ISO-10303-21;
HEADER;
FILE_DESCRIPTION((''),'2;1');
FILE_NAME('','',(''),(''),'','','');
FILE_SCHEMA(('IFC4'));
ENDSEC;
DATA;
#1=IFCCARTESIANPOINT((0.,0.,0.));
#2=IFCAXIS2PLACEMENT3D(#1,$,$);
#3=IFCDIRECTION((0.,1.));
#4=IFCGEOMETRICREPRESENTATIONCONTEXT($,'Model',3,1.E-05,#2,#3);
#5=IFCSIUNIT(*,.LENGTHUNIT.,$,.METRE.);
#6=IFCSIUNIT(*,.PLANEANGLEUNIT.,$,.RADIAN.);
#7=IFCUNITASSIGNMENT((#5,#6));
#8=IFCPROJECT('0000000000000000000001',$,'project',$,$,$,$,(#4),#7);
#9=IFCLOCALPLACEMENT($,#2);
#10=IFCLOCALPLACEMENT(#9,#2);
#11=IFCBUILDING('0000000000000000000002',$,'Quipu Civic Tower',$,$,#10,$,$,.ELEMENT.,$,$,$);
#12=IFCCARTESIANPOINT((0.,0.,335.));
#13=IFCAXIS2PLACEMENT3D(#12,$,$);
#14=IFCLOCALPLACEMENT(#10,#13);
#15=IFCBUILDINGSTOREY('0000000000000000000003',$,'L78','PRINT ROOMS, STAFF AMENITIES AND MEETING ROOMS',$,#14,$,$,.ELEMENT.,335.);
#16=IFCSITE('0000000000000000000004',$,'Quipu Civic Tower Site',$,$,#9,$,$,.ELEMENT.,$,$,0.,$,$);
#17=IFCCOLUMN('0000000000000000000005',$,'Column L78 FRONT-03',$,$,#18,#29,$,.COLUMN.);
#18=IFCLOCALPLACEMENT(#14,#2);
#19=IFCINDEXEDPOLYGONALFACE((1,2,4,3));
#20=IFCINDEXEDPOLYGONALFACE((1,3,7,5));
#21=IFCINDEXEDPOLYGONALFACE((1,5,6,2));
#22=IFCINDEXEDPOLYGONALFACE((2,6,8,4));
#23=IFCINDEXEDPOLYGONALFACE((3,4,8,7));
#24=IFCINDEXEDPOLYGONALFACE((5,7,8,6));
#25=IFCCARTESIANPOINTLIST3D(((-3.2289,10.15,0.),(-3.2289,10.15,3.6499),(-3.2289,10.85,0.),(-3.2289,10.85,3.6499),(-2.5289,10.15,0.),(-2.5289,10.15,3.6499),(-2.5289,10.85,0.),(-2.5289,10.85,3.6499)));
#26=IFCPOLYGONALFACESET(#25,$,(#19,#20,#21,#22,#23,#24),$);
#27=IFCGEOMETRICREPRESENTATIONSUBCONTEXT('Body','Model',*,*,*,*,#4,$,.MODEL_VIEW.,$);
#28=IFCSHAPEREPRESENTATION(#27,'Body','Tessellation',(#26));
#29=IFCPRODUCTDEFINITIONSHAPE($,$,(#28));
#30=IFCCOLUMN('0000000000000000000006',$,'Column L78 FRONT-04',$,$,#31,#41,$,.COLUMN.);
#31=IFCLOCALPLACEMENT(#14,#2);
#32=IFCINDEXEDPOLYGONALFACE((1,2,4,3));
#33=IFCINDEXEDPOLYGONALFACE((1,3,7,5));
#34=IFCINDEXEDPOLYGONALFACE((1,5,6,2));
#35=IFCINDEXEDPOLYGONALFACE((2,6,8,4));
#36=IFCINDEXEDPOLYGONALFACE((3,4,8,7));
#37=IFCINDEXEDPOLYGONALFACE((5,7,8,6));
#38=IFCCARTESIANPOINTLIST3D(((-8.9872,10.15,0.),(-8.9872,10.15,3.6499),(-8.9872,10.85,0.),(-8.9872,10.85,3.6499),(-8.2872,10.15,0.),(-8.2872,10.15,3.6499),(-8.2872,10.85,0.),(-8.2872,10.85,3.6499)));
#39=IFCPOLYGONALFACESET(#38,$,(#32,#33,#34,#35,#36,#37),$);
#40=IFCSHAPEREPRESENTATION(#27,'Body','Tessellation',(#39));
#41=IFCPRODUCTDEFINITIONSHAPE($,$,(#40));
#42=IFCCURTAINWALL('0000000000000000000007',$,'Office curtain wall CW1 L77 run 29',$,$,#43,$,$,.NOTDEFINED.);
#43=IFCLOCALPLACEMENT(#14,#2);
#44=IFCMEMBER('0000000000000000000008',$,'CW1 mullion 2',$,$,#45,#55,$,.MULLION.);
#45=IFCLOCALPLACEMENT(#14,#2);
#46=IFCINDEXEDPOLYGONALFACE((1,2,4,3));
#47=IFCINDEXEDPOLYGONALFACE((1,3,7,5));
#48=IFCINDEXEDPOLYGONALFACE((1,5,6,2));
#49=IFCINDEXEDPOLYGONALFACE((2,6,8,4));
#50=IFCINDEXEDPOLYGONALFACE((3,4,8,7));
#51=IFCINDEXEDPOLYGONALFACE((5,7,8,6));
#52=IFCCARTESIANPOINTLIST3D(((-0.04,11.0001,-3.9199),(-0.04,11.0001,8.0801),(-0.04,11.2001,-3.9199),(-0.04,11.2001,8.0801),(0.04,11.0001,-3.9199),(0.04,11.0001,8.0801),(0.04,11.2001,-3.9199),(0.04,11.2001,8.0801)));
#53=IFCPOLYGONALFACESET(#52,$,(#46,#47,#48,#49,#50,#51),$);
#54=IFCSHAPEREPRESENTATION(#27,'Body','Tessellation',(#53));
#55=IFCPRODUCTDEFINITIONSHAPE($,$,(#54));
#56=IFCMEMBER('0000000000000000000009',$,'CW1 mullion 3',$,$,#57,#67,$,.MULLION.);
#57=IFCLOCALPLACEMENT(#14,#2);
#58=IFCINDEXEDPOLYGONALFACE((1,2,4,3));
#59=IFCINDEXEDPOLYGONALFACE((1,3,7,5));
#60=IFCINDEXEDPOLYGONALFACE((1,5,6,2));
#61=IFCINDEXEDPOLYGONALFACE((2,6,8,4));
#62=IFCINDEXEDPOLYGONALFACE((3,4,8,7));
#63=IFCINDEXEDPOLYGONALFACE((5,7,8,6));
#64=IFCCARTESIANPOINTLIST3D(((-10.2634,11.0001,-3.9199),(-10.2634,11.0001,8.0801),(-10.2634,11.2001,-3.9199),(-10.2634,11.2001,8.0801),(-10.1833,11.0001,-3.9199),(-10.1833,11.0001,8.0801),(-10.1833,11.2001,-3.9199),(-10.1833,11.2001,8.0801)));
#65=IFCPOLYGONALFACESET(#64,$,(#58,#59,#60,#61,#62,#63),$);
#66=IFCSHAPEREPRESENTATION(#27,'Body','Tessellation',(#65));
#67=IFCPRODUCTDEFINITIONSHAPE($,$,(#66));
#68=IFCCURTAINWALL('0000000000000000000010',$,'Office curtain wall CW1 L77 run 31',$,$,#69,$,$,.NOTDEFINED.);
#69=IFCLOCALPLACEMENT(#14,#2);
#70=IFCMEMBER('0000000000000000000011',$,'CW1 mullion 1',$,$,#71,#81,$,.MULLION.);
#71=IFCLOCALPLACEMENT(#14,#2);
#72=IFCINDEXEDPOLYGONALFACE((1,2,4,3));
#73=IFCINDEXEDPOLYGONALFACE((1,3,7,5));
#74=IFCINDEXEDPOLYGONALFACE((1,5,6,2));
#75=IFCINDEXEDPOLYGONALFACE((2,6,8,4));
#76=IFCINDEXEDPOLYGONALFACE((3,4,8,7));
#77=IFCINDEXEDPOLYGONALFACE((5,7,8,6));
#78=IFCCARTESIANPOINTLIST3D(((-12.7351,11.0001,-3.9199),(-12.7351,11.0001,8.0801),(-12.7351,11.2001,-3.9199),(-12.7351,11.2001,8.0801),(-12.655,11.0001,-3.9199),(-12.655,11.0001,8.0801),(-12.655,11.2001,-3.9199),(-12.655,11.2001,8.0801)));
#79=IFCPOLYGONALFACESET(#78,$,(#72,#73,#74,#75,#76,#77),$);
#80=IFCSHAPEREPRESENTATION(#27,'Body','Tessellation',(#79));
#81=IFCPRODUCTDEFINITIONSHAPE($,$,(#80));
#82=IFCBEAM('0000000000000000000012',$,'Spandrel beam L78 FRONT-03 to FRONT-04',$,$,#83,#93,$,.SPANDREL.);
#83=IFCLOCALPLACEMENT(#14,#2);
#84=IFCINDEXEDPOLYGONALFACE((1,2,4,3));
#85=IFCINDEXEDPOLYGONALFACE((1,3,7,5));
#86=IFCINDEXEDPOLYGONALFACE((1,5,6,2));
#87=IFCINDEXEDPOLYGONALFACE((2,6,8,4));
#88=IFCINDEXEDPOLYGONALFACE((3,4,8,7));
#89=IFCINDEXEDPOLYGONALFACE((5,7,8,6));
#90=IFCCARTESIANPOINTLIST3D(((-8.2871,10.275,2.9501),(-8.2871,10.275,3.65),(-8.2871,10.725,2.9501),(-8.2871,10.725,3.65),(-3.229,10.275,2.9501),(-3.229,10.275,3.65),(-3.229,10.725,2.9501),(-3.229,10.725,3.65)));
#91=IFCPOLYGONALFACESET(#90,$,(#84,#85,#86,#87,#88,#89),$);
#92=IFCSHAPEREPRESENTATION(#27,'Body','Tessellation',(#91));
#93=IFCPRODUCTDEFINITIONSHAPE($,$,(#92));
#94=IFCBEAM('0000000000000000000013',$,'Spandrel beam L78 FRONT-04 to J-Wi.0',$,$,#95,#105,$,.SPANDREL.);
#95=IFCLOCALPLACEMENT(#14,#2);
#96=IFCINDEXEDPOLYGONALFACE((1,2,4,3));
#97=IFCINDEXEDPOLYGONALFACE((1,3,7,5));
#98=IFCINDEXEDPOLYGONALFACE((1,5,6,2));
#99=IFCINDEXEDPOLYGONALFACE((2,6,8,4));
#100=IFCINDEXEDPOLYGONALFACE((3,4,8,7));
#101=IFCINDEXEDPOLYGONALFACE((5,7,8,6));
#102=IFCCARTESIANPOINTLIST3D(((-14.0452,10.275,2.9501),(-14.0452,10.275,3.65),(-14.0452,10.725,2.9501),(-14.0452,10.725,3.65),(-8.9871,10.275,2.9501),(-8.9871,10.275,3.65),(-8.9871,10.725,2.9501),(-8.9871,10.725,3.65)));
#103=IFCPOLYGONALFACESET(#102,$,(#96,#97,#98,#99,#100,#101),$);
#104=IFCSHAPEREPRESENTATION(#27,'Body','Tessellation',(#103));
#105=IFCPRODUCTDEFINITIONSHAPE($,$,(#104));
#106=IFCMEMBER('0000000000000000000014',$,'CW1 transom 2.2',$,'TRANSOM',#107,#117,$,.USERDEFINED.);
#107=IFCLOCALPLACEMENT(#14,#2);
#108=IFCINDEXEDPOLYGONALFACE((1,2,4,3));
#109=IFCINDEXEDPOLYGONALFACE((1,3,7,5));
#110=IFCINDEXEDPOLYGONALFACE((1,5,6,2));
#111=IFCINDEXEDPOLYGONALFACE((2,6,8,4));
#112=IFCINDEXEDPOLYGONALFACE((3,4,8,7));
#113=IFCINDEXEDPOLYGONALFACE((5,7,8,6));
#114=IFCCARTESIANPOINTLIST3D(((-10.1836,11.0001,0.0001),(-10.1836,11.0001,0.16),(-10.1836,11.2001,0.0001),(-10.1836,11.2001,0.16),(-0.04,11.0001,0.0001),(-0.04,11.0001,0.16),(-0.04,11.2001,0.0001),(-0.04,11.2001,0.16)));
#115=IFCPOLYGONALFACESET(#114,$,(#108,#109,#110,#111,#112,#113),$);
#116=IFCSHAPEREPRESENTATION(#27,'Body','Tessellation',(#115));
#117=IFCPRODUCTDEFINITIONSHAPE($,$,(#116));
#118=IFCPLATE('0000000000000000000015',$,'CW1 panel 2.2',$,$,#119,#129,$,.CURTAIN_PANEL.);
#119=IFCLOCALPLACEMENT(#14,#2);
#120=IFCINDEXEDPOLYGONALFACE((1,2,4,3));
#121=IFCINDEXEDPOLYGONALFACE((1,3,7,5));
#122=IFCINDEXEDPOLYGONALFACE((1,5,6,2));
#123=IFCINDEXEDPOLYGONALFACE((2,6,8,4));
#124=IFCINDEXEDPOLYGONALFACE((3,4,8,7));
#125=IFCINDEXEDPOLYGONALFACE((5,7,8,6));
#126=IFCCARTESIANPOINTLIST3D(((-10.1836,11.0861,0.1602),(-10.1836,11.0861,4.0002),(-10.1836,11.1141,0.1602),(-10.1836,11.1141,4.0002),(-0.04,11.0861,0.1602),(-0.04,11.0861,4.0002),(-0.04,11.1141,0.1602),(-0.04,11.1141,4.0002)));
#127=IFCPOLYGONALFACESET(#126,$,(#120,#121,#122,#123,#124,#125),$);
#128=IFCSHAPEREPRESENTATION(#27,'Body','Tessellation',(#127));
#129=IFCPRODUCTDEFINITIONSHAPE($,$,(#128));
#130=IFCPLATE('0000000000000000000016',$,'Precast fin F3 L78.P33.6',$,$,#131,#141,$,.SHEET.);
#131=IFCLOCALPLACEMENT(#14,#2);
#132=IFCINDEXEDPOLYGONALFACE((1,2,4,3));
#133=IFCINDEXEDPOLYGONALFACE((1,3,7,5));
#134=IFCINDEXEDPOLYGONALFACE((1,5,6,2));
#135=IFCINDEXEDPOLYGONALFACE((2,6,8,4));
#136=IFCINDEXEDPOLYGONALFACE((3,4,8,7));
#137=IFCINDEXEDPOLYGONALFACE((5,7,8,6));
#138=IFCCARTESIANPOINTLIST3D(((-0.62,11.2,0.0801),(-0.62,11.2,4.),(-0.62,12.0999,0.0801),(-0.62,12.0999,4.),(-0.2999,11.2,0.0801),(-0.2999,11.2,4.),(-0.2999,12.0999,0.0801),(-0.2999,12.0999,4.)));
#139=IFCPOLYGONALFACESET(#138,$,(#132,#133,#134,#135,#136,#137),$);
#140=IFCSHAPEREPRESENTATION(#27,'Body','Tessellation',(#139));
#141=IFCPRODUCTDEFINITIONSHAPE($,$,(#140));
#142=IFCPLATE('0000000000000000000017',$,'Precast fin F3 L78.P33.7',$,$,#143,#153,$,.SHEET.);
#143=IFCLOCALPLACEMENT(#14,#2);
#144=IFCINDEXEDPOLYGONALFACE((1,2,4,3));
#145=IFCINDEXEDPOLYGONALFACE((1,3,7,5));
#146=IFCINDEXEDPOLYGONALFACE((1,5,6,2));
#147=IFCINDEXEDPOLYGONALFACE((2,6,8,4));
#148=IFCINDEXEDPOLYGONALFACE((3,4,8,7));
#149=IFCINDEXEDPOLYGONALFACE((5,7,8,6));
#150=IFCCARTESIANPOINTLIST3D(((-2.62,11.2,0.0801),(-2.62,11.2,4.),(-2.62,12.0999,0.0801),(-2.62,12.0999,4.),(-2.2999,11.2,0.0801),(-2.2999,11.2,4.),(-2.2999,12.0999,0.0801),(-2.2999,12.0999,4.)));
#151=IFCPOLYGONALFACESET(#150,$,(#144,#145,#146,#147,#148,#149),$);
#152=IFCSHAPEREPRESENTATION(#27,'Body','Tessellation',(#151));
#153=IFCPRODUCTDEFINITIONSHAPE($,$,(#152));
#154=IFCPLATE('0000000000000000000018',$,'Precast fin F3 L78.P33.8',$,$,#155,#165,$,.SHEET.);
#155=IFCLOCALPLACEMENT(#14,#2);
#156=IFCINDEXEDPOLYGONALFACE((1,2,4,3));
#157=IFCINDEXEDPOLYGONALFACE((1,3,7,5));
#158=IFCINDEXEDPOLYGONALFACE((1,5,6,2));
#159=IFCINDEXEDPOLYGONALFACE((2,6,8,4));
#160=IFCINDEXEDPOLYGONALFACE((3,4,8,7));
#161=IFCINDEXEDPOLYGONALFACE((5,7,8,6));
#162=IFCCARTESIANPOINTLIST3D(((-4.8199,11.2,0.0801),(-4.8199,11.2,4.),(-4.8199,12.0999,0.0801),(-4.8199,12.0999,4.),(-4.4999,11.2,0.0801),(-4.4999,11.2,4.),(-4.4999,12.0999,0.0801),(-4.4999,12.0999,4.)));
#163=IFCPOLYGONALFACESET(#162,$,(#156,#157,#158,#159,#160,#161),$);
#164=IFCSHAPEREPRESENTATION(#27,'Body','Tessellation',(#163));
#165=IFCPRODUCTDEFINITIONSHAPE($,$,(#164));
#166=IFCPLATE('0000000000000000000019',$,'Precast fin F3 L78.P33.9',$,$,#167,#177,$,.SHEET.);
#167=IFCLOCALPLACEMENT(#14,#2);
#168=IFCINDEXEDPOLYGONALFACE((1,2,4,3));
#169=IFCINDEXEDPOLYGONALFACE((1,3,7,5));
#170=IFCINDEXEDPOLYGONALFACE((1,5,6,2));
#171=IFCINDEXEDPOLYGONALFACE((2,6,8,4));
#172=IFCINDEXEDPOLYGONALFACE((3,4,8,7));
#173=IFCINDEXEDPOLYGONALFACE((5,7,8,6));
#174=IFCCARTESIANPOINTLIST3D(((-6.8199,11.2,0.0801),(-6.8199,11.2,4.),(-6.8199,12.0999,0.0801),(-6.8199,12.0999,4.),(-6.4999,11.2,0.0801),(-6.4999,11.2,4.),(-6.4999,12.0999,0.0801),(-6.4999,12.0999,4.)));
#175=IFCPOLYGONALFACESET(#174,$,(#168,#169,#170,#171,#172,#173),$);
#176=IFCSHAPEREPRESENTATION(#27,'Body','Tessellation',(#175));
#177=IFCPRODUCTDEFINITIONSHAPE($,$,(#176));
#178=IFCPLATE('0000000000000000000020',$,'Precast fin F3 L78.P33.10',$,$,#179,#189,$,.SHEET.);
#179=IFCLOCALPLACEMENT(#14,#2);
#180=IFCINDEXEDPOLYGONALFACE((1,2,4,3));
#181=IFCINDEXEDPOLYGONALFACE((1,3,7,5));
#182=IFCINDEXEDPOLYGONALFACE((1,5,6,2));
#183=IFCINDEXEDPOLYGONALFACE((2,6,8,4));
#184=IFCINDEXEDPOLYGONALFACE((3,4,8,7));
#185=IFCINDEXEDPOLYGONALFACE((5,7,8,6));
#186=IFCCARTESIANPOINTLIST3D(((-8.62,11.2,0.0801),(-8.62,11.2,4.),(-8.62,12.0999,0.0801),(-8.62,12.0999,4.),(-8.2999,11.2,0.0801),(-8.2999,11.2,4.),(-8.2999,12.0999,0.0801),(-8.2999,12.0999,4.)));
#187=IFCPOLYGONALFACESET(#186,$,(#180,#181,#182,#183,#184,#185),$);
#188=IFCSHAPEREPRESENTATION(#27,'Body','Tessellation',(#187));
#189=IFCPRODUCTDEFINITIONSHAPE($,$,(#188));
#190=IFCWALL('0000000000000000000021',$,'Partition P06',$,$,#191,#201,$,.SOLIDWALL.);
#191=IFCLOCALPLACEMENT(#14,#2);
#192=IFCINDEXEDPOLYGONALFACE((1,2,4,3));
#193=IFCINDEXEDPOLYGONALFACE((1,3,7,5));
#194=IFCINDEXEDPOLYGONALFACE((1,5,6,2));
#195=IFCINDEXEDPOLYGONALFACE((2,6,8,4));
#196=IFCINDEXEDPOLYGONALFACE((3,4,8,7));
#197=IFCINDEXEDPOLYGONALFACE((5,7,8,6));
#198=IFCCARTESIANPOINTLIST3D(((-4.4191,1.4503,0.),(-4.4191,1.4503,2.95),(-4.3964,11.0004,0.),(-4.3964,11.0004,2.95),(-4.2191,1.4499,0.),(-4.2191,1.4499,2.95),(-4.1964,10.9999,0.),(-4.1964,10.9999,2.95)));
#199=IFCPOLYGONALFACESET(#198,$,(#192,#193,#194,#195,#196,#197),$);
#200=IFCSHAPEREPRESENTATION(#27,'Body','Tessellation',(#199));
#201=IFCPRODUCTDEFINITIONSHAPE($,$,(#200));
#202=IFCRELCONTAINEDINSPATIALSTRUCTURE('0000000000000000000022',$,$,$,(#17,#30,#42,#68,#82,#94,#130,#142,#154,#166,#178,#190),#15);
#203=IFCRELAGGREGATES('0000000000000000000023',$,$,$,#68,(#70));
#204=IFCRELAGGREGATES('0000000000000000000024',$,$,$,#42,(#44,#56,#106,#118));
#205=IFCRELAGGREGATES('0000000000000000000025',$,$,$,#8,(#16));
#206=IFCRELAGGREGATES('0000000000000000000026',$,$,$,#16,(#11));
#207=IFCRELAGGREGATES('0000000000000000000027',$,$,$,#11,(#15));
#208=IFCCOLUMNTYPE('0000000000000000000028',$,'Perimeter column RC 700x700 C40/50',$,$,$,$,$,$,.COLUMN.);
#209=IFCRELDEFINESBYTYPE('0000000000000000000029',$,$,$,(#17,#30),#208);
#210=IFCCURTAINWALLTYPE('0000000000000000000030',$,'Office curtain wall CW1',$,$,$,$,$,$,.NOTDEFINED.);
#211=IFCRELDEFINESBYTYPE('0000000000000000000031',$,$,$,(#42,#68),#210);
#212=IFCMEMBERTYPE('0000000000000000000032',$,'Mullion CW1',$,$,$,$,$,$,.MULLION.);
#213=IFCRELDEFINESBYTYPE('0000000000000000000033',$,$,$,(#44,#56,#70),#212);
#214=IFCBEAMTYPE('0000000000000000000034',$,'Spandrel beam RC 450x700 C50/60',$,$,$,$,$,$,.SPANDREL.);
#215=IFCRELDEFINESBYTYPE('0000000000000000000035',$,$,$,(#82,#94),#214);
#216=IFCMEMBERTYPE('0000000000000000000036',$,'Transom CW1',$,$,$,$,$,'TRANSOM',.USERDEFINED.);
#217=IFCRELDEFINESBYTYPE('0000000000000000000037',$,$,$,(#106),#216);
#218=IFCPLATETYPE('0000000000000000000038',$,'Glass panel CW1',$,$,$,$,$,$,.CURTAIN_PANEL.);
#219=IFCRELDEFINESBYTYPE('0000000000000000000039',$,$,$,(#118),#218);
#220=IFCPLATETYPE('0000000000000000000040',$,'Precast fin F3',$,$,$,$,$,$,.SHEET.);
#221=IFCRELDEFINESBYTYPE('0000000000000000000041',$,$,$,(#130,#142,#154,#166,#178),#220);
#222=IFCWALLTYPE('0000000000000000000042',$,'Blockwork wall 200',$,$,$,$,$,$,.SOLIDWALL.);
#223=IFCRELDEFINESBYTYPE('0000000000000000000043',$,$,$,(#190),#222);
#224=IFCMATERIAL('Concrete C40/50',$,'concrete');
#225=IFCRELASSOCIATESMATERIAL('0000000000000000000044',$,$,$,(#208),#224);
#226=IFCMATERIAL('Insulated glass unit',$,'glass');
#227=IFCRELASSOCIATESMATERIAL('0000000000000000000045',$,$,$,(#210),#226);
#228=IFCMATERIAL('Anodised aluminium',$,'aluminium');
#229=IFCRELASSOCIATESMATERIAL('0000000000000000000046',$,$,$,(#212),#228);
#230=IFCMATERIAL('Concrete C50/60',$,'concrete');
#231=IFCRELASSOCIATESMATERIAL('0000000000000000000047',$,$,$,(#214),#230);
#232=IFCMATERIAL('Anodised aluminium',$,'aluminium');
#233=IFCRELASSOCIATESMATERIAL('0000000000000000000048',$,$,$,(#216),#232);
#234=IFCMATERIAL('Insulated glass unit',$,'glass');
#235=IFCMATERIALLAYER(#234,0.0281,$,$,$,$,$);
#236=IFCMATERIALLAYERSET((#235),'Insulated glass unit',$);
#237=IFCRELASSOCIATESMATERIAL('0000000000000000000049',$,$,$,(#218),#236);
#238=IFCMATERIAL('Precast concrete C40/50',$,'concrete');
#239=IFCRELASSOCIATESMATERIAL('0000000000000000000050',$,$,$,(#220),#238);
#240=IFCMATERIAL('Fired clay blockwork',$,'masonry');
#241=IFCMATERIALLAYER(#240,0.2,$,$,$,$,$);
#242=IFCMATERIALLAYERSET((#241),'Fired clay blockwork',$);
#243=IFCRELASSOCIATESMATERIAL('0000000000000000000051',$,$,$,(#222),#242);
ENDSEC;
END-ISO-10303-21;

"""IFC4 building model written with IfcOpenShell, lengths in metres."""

from ifc_helpers import new_model, si_unit, direction, frame, frame_2d, origin, origin_2d, place, context, subcontext, project, spatial, rectangle, extrude, material, layer, layer_set, material_profile, profile_set, type_object, element, aggregate, save


model = new_model("IFC4")

# Units and contexts
model_context = context("Model", 3, precision=1e-05, world=origin(), true_north=direction((0.0, 1.0)))
body_context = subcontext(model_context, "Body", "Model", "MODEL_VIEW")
ifc_project = project(units=[si_unit("LENGTHUNIT", "METRE"), si_unit("PLANEANGLEUNIT", "RADIAN")], contexts=[model_context])

# Site, building, storey
site_placement = place(None, origin())
site = spatial("IfcSite", under=ifc_project, at=site_placement, Name="Quipu Civic Tower Site", CompositionType="ELEMENT", RefElevation=0.0)
building_placement = place(site_placement, origin())
building = spatial("IfcBuilding", under=site, at=building_placement, Name="Quipu Civic Tower", CompositionType="ELEMENT")
storey_placement = place(building_placement, frame((0.0, 0.0, 335.0)))
storey = spatial("IfcBuildingStorey", under=building, at=storey_placement, Name="L78", Description="PRINT ROOMS, STAFF AMENITIES AND MEETING ROOMS", CompositionType="ELEMENT", Elevation=335.0)

# Columns
ifc_material_1 = material(Name="Concrete C40/50", Category="concrete")
ifc_material_profile_1 = material_profile(ifc_material_1, rectangle(XDim=0.7, YDim=0.7, at=origin_2d()), Name="RC700x700")
ifc_profile_set_1 = profile_set([ifc_material_profile_1], Name="Concrete C40/50")
column_type = type_object("IfcColumnType", Name="Perimeter column RC 700x700 C40/50", PredefinedType="COLUMN", material=ifc_profile_set_1)
for number, where, z_axis, x_axis, name in (
    (1, (-2.8789, 10.5, 0.0), (0.0, 0.0, 1.0), (-1.0, 0.0, 0.0), "Column L78 FRONT-03"),
    (2, (-8.6372, 10.5, 0.0), (0.0, 0.0, 1.0), (-1.0, 0.0, 0.0), "Column L78 FRONT-04"),
):
    element("IfcColumn", number, at=place(storey_placement, frame(where, z_axis=z_axis, x_axis=x_axis)), inside=storey, type_object=column_type, Name=name, PredefinedType="COLUMN", context=body_context, shape_type="SweptSolid", body=[
        extrude(rectangle(XDim=0.7, YDim=0.7, at=origin_2d()), origin(), (0.0, 0.0, 1.0), 3.6499),
    ])

# Curtain wall, members
ifc_material_2 = material(Name="Insulated glass unit", Category="glass")
curtain_wall_type = type_object("IfcCurtainWallType", Name="Office curtain wall CW1", PredefinedType="NOTDEFINED", material=ifc_material_2)
curtain_wall_1_placement = place(storey_placement, origin())
curtain_wall_1 = element("IfcCurtainWall", 3, at=curtain_wall_1_placement, inside=storey, type_object=curtain_wall_type, Name="Office curtain wall CW1 L77 run 29", PredefinedType="NOTDEFINED")
ifc_material_3 = material(Name="Anodised aluminium", Category="aluminium")
ifc_material_profile_2 = material_profile(ifc_material_3, rectangle(XDim=0.2, YDim=0.0801, at=origin_2d()), Name="RECT 200x80")
ifc_profile_set_2 = profile_set([ifc_material_profile_2], Name="Anodised aluminium")
member_type_1 = type_object("IfcMemberType", Name="Mullion CW1", PredefinedType="MULLION", material=ifc_profile_set_2)
member_1_placement = place(storey_placement, frame((0.0, 11.1001, -3.9199), z_axis=(0.0, 0.0, 1.0), x_axis=(0.0, -1.0, 0.0)))
member_1 = element("IfcMember", 4, at=member_1_placement, type_object=member_type_1, Name="CW1 mullion 2", PredefinedType="MULLION", context=body_context, shape_type="SweptSolid", body=[
    extrude(rectangle(XDim=0.2, YDim=0.0801, at=origin_2d()), origin(), (0.0, 0.0, 1.0), 12.0),
])
member_2_placement = place(storey_placement, frame((-10.2234, 11.1001, -3.9199), z_axis=(0.0, 0.0, 1.0), x_axis=(0.0, -1.0, 0.0)))
member_2 = element("IfcMember", 5, at=member_2_placement, type_object=member_type_1, Name="CW1 mullion 3", PredefinedType="MULLION", context=body_context, shape_type="SweptSolid", body=[
    extrude(rectangle(XDim=0.2, YDim=0.0801, at=origin_2d()), origin(), (0.0, 0.0, 1.0), 12.0),
])

# Curtain wall, member
curtain_wall_2_placement = place(storey_placement, origin())
curtain_wall_2 = element("IfcCurtainWall", 6, at=curtain_wall_2_placement, inside=storey, type_object=curtain_wall_type, Name="Office curtain wall CW1 L77 run 31", PredefinedType="NOTDEFINED")
member_3_placement = place(storey_placement, frame((-12.6951, 11.1001, -3.9199), z_axis=(0.0, 0.0, 1.0), x_axis=(0.0, -1.0, 0.0)))
member_3 = element("IfcMember", 7, at=member_3_placement, type_object=member_type_1, Name="CW1 mullion 1", PredefinedType="MULLION", context=body_context, shape_type="SweptSolid", body=[
    extrude(rectangle(XDim=0.2, YDim=0.0801, at=origin_2d()), origin(), (0.0, 0.0, 1.0), 12.0),
])
aggregate(curtain_wall_2, [member_3])

# Beams
ifc_material_4 = material(Name="Concrete C50/60", Category="concrete")
ifc_material_profile_3 = material_profile(ifc_material_4, rectangle(XDim=0.45, YDim=0.7, at=origin_2d()), Name="RC450x700")
ifc_profile_set_3 = profile_set([ifc_material_profile_3], Name="Concrete C50/60")
beam_type = type_object("IfcBeamType", Name="Spandrel beam RC 450x700 C50/60", PredefinedType="SPANDREL", material=ifc_profile_set_3)
for number, where, z_axis, x_axis, name in (
    (8, (-3.229, 10.5, 3.3), (-1.0, 0.0, 0.0), (0.0, -1.0, 0.0), "Spandrel beam L78 FRONT-03 to FRONT-04"),
    (9, (-8.9871, 10.5, 3.3), (-1.0, 0.0, 0.0), (0.0, -1.0, 0.0), "Spandrel beam L78 FRONT-04 to J-Wi.0"),
):
    element("IfcBeam", number, at=place(storey_placement, frame(where, z_axis=z_axis, x_axis=x_axis)), inside=storey, type_object=beam_type, Name=name, PredefinedType="SPANDREL", context=body_context, shape_type="SweptSolid", body=[
        extrude(rectangle(XDim=0.45, YDim=0.7, at=origin_2d()), origin(), (0.0, 0.0, 1.0), 5.0581),
    ])

# Member
ifc_material_5 = material(Name="Anodised aluminium", Category="aluminium")
ifc_material_profile_4 = material_profile(ifc_material_5, rectangle(XDim=0.2, YDim=0.1599, at=origin_2d()), Name="RECT 200x160")
ifc_profile_set_4 = profile_set([ifc_material_profile_4], Name="Anodised aluminium")
member_type_2 = type_object("IfcMemberType", Name="Transom CW1", ElementType="TRANSOM", PredefinedType="USERDEFINED", material=ifc_profile_set_4)
member_4_placement = place(storey_placement, frame((-0.04, 11.1001, 0.0801), z_axis=(-1.0, 0.0, 0.0), x_axis=(0.0, -1.0, 0.0)))
member_4 = element("IfcMember", 10, at=member_4_placement, type_object=member_type_2, Name="CW1 transom 2.2", ObjectType="TRANSOM", PredefinedType="USERDEFINED", context=body_context, shape_type="SweptSolid", body=[
    extrude(rectangle(XDim=0.2, YDim=0.1599, at=origin_2d()), origin(), (0.0, 0.0, 1.0), 10.1436),
])

# Plate
ifc_material_6 = material(Name="Insulated glass unit", Category="glass")
ifc_layer_1 = layer(ifc_material_6, 0.0281)
ifc_layer_set_1 = layer_set([ifc_layer_1], Name="Insulated glass unit")
plate_type_1 = type_object("IfcPlateType", Name="Glass panel CW1", PredefinedType="CURTAIN_PANEL", material=ifc_layer_set_1)
plate_placement = place(storey_placement, frame((-5.1118, 11.1001, 0.1602), z_axis=(0.0, 0.0, 1.0), x_axis=(-1.0, 0.0, 0.0)))
plate = element("IfcPlate", 11, at=plate_placement, type_object=plate_type_1, Name="CW1 panel 2.2", PredefinedType="CURTAIN_PANEL", context=body_context, shape_type="SweptSolid", body=[
    extrude(rectangle(XDim=10.1436, YDim=0.0281, at=origin_2d()), origin(), (0.0, 0.0, 1.0), 3.8401),
])
aggregate(curtain_wall_1, [member_1, member_2, member_4, plate])

# Plates
ifc_material_7 = material(Name="Precast concrete C40/50", Category="concrete")
plate_type_2 = type_object("IfcPlateType", Name="Precast fin F3", PredefinedType="SHEET", material=ifc_material_7)
for number, where, z_axis, x_axis, name in (
    (12, (-0.46, 11.6499, 0.0801), (0.0, 0.0, 1.0), (-1.0, 0.0, 0.0), "Precast fin F3 L78.P33.6"),
    (13, (-2.46, 11.6499, 0.0801), (0.0, 0.0, 1.0), (-1.0, 0.0, 0.0), "Precast fin F3 L78.P33.7"),
    (14, (-4.6599, 11.6499, 0.0801), (0.0, 0.0, 1.0), (-1.0, 0.0, 0.0), "Precast fin F3 L78.P33.8"),
    (15, (-6.6599, 11.6499, 0.0801), (0.0, 0.0, 1.0), (-1.0, 0.0, 0.0), "Precast fin F3 L78.P33.9"),
    (16, (-8.46, 11.6499, 0.0801), (0.0, 0.0, 1.0), (-1.0, 0.0, 0.0), "Precast fin F3 L78.P33.10"),
):
    element("IfcPlate", number, at=place(storey_placement, frame(where, z_axis=z_axis, x_axis=x_axis)), inside=storey, type_object=plate_type_2, Name=name, PredefinedType="SHEET", context=body_context, shape_type="SweptSolid", body=[
        extrude(rectangle(XDim=0.3201, YDim=0.8999, at=origin_2d()), origin(), (0.0, 0.0, 1.0), 3.9199),
    ])

# Wall
ifc_material_8 = material(Name="Fired clay blockwork", Category="masonry")
ifc_layer_2 = layer(ifc_material_8, 0.2)
ifc_layer_set_2 = layer_set([ifc_layer_2], Name="Fired clay blockwork")
wall_type_1 = type_object("IfcWallType", Name="Blockwork wall 200", PredefinedType="SOLIDWALL", material=ifc_layer_set_2)
wall_1_placement = place(storey_placement, frame((-4.2964, 11.0, 0.0), z_axis=(0.0, 0.0, 1.0), x_axis=(-0.002377, -0.999997, 0.0)))
element("IfcWall", 17, at=wall_1_placement, inside=storey, type_object=wall_type_1, Name="Partition P06", PredefinedType="SOLIDWALL", context=body_context, shape_type="SweptSolid", body=[
    extrude(rectangle(XDim=9.55, YDim=0.2, at=frame_2d((4.7749, 0.0))), origin(), (0.0, 0.0, 1.0), 2.95),
])

save(model, "model.ifc")
